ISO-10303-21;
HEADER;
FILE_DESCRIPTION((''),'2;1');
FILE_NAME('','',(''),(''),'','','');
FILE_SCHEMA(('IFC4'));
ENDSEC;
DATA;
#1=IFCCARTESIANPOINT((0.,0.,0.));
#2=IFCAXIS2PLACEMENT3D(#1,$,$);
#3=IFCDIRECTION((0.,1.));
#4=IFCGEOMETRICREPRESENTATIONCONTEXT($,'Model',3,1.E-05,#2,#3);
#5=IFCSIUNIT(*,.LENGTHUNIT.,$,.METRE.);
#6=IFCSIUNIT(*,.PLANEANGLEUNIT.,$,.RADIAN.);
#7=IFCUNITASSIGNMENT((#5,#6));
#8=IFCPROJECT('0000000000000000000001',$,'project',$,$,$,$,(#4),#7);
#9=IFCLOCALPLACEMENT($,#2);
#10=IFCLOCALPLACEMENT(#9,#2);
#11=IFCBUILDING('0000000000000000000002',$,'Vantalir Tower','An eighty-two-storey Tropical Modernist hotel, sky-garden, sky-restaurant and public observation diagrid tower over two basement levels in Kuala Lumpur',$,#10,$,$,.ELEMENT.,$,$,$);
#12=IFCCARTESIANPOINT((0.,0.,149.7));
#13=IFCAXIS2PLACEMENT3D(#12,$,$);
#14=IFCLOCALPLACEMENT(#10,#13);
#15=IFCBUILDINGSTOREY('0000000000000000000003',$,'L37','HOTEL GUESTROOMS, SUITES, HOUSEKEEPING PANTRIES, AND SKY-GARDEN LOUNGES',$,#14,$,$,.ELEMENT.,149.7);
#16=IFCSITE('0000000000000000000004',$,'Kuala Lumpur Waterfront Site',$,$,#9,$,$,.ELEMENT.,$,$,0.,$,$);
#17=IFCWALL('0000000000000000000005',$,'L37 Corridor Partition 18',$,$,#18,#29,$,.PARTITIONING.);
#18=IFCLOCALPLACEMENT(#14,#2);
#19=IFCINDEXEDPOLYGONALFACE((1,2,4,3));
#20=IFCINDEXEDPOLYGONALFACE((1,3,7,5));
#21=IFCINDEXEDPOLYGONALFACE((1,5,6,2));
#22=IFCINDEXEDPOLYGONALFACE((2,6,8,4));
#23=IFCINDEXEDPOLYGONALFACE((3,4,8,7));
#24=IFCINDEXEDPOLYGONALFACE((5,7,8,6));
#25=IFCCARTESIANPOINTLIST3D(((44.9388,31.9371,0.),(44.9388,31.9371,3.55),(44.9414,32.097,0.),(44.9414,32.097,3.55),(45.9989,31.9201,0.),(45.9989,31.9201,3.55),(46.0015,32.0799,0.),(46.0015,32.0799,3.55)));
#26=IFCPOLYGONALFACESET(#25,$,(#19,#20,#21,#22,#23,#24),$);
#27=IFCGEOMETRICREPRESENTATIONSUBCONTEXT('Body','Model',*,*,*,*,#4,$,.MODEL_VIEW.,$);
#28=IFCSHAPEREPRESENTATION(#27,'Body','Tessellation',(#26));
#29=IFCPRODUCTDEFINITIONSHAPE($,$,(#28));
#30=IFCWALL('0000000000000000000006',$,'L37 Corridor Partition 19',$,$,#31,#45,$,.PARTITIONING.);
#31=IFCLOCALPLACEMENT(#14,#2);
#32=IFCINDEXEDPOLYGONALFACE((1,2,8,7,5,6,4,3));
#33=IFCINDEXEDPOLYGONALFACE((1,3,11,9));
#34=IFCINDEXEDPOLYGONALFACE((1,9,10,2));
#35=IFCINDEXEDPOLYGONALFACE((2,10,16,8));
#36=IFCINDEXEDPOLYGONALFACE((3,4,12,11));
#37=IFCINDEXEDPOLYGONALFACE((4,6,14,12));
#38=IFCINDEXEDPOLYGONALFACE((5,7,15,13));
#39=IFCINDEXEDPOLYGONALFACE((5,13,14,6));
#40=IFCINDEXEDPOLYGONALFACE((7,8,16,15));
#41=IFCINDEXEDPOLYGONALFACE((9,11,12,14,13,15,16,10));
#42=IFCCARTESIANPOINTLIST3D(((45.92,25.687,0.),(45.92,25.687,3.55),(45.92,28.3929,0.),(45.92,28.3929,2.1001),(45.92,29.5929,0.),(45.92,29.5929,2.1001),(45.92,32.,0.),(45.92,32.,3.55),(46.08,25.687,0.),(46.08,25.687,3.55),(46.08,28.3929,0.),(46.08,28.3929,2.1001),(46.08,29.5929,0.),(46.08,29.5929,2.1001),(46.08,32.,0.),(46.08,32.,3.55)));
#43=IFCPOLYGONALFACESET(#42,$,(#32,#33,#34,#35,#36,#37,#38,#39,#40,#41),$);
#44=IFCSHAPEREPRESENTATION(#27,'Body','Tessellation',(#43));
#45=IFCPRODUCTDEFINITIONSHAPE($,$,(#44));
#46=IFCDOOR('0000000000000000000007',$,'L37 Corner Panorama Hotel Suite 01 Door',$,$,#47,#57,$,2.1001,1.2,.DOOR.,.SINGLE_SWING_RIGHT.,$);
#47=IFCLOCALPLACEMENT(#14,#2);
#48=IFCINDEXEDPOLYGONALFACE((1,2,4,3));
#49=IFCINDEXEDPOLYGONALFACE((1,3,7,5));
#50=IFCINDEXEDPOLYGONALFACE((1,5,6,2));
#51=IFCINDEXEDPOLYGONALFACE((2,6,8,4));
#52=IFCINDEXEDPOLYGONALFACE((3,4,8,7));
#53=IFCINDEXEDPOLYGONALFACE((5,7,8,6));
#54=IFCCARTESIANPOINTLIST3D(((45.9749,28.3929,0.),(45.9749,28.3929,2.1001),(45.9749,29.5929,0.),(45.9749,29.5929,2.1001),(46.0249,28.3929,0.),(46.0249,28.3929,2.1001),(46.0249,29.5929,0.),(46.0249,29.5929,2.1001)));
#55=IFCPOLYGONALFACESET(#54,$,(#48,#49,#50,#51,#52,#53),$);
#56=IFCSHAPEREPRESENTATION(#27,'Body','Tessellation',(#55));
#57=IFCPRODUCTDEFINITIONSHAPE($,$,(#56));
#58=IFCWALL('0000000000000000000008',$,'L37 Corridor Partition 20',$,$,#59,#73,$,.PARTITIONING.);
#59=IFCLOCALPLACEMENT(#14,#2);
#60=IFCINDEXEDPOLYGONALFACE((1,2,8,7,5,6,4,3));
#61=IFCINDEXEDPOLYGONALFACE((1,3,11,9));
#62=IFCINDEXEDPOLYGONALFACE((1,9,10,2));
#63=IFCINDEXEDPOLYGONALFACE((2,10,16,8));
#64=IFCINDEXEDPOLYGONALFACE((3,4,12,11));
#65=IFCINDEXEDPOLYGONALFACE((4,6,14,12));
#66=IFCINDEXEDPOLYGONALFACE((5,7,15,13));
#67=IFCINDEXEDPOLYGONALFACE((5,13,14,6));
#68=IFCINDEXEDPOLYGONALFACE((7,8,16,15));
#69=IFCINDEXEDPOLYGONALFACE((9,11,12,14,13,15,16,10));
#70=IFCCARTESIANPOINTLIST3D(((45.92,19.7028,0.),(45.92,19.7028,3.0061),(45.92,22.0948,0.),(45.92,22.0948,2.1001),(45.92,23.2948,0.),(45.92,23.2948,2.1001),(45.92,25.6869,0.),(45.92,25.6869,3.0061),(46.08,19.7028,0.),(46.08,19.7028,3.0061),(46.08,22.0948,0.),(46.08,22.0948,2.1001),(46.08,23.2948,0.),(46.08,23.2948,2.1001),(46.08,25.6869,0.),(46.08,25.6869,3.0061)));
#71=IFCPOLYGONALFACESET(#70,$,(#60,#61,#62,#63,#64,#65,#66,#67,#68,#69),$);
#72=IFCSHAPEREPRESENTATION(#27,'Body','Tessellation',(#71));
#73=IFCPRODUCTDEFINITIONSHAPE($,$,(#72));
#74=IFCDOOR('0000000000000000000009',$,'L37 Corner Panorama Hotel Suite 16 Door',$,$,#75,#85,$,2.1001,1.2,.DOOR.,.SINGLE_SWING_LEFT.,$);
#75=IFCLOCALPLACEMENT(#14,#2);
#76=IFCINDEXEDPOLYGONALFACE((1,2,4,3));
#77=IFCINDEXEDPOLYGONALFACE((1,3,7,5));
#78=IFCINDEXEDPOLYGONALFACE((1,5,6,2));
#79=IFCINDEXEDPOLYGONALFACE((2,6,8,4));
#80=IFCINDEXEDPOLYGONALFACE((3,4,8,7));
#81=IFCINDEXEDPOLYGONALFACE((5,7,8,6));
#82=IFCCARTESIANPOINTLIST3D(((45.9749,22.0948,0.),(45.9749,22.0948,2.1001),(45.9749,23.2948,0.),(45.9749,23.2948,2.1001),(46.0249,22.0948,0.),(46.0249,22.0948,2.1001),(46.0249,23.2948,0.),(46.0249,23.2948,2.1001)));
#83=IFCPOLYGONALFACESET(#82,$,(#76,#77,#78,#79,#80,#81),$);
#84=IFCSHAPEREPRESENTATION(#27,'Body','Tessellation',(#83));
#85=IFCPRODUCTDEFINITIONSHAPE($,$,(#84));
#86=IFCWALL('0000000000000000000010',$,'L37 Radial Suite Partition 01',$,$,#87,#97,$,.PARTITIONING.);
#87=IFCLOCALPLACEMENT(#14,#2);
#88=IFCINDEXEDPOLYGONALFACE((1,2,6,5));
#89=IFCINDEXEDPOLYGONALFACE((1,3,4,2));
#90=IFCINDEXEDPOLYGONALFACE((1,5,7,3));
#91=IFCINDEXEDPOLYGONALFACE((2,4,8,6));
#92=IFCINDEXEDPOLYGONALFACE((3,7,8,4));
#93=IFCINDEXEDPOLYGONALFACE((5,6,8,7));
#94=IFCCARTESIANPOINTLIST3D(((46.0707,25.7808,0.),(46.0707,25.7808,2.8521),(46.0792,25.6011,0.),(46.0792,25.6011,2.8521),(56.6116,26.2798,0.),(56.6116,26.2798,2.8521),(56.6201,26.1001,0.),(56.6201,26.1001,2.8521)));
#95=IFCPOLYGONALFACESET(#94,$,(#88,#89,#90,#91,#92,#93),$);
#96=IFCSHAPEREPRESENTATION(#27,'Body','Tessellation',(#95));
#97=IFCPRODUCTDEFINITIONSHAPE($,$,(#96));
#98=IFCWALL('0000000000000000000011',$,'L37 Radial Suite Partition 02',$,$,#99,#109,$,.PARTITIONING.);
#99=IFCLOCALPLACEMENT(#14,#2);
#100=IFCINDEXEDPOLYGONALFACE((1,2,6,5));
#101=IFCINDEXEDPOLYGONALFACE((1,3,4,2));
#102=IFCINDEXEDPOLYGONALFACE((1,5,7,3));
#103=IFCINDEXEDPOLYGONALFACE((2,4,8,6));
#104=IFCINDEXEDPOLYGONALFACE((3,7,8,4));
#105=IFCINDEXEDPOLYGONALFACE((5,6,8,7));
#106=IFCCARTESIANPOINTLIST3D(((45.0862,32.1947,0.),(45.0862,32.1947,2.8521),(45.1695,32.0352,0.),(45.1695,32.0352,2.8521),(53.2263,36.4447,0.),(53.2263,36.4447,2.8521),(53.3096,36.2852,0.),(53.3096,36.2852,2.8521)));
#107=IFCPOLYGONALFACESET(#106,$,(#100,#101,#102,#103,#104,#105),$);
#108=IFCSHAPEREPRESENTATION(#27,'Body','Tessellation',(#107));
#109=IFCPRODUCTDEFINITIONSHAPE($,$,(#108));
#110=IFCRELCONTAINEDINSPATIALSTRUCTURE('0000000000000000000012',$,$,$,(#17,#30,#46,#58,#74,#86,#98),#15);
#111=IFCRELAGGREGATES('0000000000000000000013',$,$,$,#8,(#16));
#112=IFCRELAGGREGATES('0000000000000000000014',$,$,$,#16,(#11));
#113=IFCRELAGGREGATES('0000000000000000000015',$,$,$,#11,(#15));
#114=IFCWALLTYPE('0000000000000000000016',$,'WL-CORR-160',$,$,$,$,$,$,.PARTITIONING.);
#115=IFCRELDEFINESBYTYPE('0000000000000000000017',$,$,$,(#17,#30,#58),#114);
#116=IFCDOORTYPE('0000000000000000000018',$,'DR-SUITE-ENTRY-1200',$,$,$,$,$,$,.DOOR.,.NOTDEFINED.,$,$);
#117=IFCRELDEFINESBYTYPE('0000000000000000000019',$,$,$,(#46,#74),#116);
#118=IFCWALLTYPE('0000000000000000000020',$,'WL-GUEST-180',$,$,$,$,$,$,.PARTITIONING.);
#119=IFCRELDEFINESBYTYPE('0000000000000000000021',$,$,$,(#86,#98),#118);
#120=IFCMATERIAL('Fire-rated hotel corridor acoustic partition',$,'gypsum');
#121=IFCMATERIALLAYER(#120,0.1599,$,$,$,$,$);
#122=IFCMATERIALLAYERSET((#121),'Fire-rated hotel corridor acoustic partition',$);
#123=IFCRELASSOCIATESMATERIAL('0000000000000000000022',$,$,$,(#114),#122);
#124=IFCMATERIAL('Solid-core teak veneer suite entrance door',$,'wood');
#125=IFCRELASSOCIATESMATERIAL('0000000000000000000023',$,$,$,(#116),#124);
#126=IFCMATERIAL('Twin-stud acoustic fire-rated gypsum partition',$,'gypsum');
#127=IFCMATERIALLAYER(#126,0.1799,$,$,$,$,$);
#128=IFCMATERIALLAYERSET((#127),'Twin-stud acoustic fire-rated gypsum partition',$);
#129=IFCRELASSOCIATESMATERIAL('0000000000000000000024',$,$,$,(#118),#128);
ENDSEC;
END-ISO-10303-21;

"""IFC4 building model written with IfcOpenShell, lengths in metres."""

from ifc_helpers import new_model, si_unit, direction, frame, frame_2d, origin, place, context, subcontext, project, spatial, rectangle, extrude, material, layer, layer_set, type_object, element, fill, save


model = new_model("IFC4")

# Units and contexts
model_context = context("Model", 3, precision=1e-05, world=origin(), true_north=direction((0.0, 1.0)))
body_context = subcontext(model_context, "Body", "Model", "MODEL_VIEW")
ifc_project = project(units=[si_unit("LENGTHUNIT", "METRE"), si_unit("PLANEANGLEUNIT", "RADIAN")], contexts=[model_context])

# Site, building, storey
site_placement = place(None, origin())
site = spatial("IfcSite", under=ifc_project, at=site_placement, Name="Kuala Lumpur Waterfront Site", CompositionType="ELEMENT", RefElevation=0.0)
building_placement = place(site_placement, origin())
building = spatial("IfcBuilding", under=site, at=building_placement, Name="Vantalir Tower", Description="An eighty-two-storey Tropical Modernist hotel, sky-garden, sky-restaurant and public observation diagrid tower over two basement levels in Kuala Lumpur", CompositionType="ELEMENT")
storey_placement = place(building_placement, frame((0.0, 0.0, 149.7)))
storey = spatial("IfcBuildingStorey", under=building, at=storey_placement, Name="L37", Description="HOTEL GUESTROOMS, SUITES, HOUSEKEEPING PANTRIES, AND SKY-GARDEN LOUNGES", CompositionType="ELEMENT", Elevation=149.7)

# Wall
ifc_material_1 = material(Name="Fire-rated hotel corridor acoustic partition", Category="gypsum")
ifc_layer_1 = layer(ifc_material_1, 0.1599)
ifc_layer_set_1 = layer_set([ifc_layer_1], Name="Fire-rated hotel corridor acoustic partition")
wall_type_1 = type_object("IfcWallType", Name="WL-CORR-160", PredefinedType="PARTITIONING", material=ifc_layer_set_1)
wall_1_placement = place(storey_placement, frame((44.9399, 32.0171, 0.0), z_axis=(0.0, 0.0, 1.0), x_axis=(0.99987, -0.01612, 0.0)))
element("IfcWall", 1, at=wall_1_placement, inside=storey, type_object=wall_type_1, Name="L37 Corridor Partition 18", PredefinedType="PARTITIONING", context=body_context, shape_type="SweptSolid", body=[
    extrude(rectangle(XDim=1.0603, YDim=0.1599, at=frame_2d((0.5303, 0.0))), origin(), (0.0, 0.0, 1.0), 3.55),
])

# Walls, openings, doors
wall_2_placement = place(storey_placement, frame((46.0, 32.0, 0.0), z_axis=(0.0, 0.0, 1.0), x_axis=(0.0, -1.0, 0.0)))
wall_2 = element("IfcWall", 2, at=wall_2_placement, inside=storey, type_object=wall_type_1, Name="L37 Corridor Partition 19", PredefinedType="PARTITIONING", context=body_context, shape_type="SweptSolid", body=[
    extrude(rectangle(XDim=6.313, YDim=0.1599, at=frame_2d((3.1565, 0.0))), origin(), (0.0, 0.0, 1.0), 3.55),
])
opening_1_placement = place(wall_2_placement, frame((2.407, 0.0, 0.0)))
opening_1 = element("IfcOpeningElement", 3, at=opening_1_placement, cuts=wall_2, PredefinedType="OPENING", context=body_context, shape_type="SweptSolid", body=[
    extrude(rectangle(XDim=1.2, YDim=2.1001, at=frame_2d((0.6001, 1.05))), frame((0.0, 0.0898, 0.0), z_axis=(0.0, -1.0, 0.0), x_axis=(1.0, 0.0, 0.0)), (0.0, 0.0, 1.0), 0.1799),
])
ifc_material_2 = material(Name="Solid-core teak veneer suite entrance door", Category="wood")
door_type_1 = type_object("IfcDoorType", Name="DR-SUITE-ENTRY-1200", OperationType="NOTDEFINED", PredefinedType="DOOR", material=ifc_material_2)
door_1_placement = place(opening_1_placement, origin())
door_1 = element("IfcDoor", 4, at=door_1_placement, inside=storey, type_object=door_type_1, Name="L37 Corner Panorama Hotel Suite 01 Door", OperationType="SINGLE_SWING_RIGHT", OverallHeight=2.1001, OverallWidth=1.2, PredefinedType="DOOR", context=body_context, shape_type="SweptSolid", body=[
    extrude(rectangle(XDim=1.2, YDim=2.1001, at=frame_2d((0.6001, 1.05))), frame((0.0, 0.0249, 0.0), z_axis=(0.0, -1.0, 0.0), x_axis=(1.0, 0.0, 0.0)), (0.0, 0.0, 1.0), 0.05),
])
fill(opening_1, door_1)
wall_3_placement = place(storey_placement, frame((46.0, 25.687, 0.0), z_axis=(0.0, 0.0, 1.0), x_axis=(0.0, -1.0, 0.0)))
wall_3 = element("IfcWall", 5, at=wall_3_placement, inside=storey, type_object=wall_type_1, Name="L37 Corridor Partition 20", PredefinedType="PARTITIONING", context=body_context, shape_type="SweptSolid", body=[
    extrude(rectangle(XDim=5.9841, YDim=0.1599, at=frame_2d((2.9922, 0.0))), origin(), (0.0, 0.0, 1.0), 3.0061),
])
opening_2_placement = place(wall_3_placement, frame((2.3921, 0.0, 0.0)))
opening_2 = element("IfcOpeningElement", 6, at=opening_2_placement, cuts=wall_3, PredefinedType="OPENING", context=body_context, shape_type="SweptSolid", body=[
    extrude(rectangle(XDim=1.2, YDim=2.1001, at=frame_2d((0.6001, 1.05))), frame((0.0, 0.0898, 0.0), z_axis=(0.0, -1.0, 0.0), x_axis=(1.0, 0.0, 0.0)), (0.0, 0.0, 1.0), 0.1799),
])
door_2_placement = place(opening_2_placement, origin())
door_2 = element("IfcDoor", 7, at=door_2_placement, inside=storey, type_object=door_type_1, Name="L37 Corner Panorama Hotel Suite 16 Door", OperationType="SINGLE_SWING_LEFT", OverallHeight=2.1001, OverallWidth=1.2, PredefinedType="DOOR", context=body_context, shape_type="SweptSolid", body=[
    extrude(rectangle(XDim=1.2, YDim=2.1001, at=frame_2d((0.6001, 1.05))), frame((0.0, 0.0249, 0.0), z_axis=(0.0, -1.0, 0.0), x_axis=(1.0, 0.0, 0.0)), (0.0, 0.0, 1.0), 0.05),
])
fill(opening_2, door_2)

# Walls
ifc_material_3 = material(Name="Twin-stud acoustic fire-rated gypsum partition", Category="gypsum")
ifc_layer_2 = layer(ifc_material_3, 0.1799)
ifc_layer_set_2 = layer_set([ifc_layer_2], Name="Twin-stud acoustic fire-rated gypsum partition")
wall_type_2 = type_object("IfcWallType", Name="WL-GUEST-180", PredefinedType="PARTITIONING", material=ifc_layer_set_2)
wall_4_placement = place(storey_placement, frame((46.075, 25.6909, 0.0), z_axis=(0.0, 0.0, 1.0), x_axis=(0.998881, 0.047288, 0.0)))
element("IfcWall", 8, at=wall_4_placement, inside=storey, type_object=wall_type_2, Name="L37 Radial Suite Partition 01", PredefinedType="PARTITIONING", context=body_context, shape_type="SweptSolid", body=[
    extrude(rectangle(XDim=10.5527, YDim=0.1799, at=frame_2d((5.2764, 0.0))), origin(), (0.0, 0.0, 1.0), 2.8521),
])
wall_5_placement = place(storey_placement, frame((45.1279, 32.115, 0.0), z_axis=(0.0, 0.0, 1.0), x_axis=(0.886452, 0.46282, 0.0)))
element("IfcWall", 9, at=wall_5_placement, inside=storey, type_object=wall_type_2, Name="L37 Radial Suite Partition 02", PredefinedType="PARTITIONING", context=body_context, shape_type="SweptSolid", body=[
    extrude(rectangle(XDim=9.1829, YDim=0.1799, at=frame_2d((4.5913, 0.0))), origin(), (0.0, 0.0, 1.0), 2.8521),
])

save(model, "model.ifc")
